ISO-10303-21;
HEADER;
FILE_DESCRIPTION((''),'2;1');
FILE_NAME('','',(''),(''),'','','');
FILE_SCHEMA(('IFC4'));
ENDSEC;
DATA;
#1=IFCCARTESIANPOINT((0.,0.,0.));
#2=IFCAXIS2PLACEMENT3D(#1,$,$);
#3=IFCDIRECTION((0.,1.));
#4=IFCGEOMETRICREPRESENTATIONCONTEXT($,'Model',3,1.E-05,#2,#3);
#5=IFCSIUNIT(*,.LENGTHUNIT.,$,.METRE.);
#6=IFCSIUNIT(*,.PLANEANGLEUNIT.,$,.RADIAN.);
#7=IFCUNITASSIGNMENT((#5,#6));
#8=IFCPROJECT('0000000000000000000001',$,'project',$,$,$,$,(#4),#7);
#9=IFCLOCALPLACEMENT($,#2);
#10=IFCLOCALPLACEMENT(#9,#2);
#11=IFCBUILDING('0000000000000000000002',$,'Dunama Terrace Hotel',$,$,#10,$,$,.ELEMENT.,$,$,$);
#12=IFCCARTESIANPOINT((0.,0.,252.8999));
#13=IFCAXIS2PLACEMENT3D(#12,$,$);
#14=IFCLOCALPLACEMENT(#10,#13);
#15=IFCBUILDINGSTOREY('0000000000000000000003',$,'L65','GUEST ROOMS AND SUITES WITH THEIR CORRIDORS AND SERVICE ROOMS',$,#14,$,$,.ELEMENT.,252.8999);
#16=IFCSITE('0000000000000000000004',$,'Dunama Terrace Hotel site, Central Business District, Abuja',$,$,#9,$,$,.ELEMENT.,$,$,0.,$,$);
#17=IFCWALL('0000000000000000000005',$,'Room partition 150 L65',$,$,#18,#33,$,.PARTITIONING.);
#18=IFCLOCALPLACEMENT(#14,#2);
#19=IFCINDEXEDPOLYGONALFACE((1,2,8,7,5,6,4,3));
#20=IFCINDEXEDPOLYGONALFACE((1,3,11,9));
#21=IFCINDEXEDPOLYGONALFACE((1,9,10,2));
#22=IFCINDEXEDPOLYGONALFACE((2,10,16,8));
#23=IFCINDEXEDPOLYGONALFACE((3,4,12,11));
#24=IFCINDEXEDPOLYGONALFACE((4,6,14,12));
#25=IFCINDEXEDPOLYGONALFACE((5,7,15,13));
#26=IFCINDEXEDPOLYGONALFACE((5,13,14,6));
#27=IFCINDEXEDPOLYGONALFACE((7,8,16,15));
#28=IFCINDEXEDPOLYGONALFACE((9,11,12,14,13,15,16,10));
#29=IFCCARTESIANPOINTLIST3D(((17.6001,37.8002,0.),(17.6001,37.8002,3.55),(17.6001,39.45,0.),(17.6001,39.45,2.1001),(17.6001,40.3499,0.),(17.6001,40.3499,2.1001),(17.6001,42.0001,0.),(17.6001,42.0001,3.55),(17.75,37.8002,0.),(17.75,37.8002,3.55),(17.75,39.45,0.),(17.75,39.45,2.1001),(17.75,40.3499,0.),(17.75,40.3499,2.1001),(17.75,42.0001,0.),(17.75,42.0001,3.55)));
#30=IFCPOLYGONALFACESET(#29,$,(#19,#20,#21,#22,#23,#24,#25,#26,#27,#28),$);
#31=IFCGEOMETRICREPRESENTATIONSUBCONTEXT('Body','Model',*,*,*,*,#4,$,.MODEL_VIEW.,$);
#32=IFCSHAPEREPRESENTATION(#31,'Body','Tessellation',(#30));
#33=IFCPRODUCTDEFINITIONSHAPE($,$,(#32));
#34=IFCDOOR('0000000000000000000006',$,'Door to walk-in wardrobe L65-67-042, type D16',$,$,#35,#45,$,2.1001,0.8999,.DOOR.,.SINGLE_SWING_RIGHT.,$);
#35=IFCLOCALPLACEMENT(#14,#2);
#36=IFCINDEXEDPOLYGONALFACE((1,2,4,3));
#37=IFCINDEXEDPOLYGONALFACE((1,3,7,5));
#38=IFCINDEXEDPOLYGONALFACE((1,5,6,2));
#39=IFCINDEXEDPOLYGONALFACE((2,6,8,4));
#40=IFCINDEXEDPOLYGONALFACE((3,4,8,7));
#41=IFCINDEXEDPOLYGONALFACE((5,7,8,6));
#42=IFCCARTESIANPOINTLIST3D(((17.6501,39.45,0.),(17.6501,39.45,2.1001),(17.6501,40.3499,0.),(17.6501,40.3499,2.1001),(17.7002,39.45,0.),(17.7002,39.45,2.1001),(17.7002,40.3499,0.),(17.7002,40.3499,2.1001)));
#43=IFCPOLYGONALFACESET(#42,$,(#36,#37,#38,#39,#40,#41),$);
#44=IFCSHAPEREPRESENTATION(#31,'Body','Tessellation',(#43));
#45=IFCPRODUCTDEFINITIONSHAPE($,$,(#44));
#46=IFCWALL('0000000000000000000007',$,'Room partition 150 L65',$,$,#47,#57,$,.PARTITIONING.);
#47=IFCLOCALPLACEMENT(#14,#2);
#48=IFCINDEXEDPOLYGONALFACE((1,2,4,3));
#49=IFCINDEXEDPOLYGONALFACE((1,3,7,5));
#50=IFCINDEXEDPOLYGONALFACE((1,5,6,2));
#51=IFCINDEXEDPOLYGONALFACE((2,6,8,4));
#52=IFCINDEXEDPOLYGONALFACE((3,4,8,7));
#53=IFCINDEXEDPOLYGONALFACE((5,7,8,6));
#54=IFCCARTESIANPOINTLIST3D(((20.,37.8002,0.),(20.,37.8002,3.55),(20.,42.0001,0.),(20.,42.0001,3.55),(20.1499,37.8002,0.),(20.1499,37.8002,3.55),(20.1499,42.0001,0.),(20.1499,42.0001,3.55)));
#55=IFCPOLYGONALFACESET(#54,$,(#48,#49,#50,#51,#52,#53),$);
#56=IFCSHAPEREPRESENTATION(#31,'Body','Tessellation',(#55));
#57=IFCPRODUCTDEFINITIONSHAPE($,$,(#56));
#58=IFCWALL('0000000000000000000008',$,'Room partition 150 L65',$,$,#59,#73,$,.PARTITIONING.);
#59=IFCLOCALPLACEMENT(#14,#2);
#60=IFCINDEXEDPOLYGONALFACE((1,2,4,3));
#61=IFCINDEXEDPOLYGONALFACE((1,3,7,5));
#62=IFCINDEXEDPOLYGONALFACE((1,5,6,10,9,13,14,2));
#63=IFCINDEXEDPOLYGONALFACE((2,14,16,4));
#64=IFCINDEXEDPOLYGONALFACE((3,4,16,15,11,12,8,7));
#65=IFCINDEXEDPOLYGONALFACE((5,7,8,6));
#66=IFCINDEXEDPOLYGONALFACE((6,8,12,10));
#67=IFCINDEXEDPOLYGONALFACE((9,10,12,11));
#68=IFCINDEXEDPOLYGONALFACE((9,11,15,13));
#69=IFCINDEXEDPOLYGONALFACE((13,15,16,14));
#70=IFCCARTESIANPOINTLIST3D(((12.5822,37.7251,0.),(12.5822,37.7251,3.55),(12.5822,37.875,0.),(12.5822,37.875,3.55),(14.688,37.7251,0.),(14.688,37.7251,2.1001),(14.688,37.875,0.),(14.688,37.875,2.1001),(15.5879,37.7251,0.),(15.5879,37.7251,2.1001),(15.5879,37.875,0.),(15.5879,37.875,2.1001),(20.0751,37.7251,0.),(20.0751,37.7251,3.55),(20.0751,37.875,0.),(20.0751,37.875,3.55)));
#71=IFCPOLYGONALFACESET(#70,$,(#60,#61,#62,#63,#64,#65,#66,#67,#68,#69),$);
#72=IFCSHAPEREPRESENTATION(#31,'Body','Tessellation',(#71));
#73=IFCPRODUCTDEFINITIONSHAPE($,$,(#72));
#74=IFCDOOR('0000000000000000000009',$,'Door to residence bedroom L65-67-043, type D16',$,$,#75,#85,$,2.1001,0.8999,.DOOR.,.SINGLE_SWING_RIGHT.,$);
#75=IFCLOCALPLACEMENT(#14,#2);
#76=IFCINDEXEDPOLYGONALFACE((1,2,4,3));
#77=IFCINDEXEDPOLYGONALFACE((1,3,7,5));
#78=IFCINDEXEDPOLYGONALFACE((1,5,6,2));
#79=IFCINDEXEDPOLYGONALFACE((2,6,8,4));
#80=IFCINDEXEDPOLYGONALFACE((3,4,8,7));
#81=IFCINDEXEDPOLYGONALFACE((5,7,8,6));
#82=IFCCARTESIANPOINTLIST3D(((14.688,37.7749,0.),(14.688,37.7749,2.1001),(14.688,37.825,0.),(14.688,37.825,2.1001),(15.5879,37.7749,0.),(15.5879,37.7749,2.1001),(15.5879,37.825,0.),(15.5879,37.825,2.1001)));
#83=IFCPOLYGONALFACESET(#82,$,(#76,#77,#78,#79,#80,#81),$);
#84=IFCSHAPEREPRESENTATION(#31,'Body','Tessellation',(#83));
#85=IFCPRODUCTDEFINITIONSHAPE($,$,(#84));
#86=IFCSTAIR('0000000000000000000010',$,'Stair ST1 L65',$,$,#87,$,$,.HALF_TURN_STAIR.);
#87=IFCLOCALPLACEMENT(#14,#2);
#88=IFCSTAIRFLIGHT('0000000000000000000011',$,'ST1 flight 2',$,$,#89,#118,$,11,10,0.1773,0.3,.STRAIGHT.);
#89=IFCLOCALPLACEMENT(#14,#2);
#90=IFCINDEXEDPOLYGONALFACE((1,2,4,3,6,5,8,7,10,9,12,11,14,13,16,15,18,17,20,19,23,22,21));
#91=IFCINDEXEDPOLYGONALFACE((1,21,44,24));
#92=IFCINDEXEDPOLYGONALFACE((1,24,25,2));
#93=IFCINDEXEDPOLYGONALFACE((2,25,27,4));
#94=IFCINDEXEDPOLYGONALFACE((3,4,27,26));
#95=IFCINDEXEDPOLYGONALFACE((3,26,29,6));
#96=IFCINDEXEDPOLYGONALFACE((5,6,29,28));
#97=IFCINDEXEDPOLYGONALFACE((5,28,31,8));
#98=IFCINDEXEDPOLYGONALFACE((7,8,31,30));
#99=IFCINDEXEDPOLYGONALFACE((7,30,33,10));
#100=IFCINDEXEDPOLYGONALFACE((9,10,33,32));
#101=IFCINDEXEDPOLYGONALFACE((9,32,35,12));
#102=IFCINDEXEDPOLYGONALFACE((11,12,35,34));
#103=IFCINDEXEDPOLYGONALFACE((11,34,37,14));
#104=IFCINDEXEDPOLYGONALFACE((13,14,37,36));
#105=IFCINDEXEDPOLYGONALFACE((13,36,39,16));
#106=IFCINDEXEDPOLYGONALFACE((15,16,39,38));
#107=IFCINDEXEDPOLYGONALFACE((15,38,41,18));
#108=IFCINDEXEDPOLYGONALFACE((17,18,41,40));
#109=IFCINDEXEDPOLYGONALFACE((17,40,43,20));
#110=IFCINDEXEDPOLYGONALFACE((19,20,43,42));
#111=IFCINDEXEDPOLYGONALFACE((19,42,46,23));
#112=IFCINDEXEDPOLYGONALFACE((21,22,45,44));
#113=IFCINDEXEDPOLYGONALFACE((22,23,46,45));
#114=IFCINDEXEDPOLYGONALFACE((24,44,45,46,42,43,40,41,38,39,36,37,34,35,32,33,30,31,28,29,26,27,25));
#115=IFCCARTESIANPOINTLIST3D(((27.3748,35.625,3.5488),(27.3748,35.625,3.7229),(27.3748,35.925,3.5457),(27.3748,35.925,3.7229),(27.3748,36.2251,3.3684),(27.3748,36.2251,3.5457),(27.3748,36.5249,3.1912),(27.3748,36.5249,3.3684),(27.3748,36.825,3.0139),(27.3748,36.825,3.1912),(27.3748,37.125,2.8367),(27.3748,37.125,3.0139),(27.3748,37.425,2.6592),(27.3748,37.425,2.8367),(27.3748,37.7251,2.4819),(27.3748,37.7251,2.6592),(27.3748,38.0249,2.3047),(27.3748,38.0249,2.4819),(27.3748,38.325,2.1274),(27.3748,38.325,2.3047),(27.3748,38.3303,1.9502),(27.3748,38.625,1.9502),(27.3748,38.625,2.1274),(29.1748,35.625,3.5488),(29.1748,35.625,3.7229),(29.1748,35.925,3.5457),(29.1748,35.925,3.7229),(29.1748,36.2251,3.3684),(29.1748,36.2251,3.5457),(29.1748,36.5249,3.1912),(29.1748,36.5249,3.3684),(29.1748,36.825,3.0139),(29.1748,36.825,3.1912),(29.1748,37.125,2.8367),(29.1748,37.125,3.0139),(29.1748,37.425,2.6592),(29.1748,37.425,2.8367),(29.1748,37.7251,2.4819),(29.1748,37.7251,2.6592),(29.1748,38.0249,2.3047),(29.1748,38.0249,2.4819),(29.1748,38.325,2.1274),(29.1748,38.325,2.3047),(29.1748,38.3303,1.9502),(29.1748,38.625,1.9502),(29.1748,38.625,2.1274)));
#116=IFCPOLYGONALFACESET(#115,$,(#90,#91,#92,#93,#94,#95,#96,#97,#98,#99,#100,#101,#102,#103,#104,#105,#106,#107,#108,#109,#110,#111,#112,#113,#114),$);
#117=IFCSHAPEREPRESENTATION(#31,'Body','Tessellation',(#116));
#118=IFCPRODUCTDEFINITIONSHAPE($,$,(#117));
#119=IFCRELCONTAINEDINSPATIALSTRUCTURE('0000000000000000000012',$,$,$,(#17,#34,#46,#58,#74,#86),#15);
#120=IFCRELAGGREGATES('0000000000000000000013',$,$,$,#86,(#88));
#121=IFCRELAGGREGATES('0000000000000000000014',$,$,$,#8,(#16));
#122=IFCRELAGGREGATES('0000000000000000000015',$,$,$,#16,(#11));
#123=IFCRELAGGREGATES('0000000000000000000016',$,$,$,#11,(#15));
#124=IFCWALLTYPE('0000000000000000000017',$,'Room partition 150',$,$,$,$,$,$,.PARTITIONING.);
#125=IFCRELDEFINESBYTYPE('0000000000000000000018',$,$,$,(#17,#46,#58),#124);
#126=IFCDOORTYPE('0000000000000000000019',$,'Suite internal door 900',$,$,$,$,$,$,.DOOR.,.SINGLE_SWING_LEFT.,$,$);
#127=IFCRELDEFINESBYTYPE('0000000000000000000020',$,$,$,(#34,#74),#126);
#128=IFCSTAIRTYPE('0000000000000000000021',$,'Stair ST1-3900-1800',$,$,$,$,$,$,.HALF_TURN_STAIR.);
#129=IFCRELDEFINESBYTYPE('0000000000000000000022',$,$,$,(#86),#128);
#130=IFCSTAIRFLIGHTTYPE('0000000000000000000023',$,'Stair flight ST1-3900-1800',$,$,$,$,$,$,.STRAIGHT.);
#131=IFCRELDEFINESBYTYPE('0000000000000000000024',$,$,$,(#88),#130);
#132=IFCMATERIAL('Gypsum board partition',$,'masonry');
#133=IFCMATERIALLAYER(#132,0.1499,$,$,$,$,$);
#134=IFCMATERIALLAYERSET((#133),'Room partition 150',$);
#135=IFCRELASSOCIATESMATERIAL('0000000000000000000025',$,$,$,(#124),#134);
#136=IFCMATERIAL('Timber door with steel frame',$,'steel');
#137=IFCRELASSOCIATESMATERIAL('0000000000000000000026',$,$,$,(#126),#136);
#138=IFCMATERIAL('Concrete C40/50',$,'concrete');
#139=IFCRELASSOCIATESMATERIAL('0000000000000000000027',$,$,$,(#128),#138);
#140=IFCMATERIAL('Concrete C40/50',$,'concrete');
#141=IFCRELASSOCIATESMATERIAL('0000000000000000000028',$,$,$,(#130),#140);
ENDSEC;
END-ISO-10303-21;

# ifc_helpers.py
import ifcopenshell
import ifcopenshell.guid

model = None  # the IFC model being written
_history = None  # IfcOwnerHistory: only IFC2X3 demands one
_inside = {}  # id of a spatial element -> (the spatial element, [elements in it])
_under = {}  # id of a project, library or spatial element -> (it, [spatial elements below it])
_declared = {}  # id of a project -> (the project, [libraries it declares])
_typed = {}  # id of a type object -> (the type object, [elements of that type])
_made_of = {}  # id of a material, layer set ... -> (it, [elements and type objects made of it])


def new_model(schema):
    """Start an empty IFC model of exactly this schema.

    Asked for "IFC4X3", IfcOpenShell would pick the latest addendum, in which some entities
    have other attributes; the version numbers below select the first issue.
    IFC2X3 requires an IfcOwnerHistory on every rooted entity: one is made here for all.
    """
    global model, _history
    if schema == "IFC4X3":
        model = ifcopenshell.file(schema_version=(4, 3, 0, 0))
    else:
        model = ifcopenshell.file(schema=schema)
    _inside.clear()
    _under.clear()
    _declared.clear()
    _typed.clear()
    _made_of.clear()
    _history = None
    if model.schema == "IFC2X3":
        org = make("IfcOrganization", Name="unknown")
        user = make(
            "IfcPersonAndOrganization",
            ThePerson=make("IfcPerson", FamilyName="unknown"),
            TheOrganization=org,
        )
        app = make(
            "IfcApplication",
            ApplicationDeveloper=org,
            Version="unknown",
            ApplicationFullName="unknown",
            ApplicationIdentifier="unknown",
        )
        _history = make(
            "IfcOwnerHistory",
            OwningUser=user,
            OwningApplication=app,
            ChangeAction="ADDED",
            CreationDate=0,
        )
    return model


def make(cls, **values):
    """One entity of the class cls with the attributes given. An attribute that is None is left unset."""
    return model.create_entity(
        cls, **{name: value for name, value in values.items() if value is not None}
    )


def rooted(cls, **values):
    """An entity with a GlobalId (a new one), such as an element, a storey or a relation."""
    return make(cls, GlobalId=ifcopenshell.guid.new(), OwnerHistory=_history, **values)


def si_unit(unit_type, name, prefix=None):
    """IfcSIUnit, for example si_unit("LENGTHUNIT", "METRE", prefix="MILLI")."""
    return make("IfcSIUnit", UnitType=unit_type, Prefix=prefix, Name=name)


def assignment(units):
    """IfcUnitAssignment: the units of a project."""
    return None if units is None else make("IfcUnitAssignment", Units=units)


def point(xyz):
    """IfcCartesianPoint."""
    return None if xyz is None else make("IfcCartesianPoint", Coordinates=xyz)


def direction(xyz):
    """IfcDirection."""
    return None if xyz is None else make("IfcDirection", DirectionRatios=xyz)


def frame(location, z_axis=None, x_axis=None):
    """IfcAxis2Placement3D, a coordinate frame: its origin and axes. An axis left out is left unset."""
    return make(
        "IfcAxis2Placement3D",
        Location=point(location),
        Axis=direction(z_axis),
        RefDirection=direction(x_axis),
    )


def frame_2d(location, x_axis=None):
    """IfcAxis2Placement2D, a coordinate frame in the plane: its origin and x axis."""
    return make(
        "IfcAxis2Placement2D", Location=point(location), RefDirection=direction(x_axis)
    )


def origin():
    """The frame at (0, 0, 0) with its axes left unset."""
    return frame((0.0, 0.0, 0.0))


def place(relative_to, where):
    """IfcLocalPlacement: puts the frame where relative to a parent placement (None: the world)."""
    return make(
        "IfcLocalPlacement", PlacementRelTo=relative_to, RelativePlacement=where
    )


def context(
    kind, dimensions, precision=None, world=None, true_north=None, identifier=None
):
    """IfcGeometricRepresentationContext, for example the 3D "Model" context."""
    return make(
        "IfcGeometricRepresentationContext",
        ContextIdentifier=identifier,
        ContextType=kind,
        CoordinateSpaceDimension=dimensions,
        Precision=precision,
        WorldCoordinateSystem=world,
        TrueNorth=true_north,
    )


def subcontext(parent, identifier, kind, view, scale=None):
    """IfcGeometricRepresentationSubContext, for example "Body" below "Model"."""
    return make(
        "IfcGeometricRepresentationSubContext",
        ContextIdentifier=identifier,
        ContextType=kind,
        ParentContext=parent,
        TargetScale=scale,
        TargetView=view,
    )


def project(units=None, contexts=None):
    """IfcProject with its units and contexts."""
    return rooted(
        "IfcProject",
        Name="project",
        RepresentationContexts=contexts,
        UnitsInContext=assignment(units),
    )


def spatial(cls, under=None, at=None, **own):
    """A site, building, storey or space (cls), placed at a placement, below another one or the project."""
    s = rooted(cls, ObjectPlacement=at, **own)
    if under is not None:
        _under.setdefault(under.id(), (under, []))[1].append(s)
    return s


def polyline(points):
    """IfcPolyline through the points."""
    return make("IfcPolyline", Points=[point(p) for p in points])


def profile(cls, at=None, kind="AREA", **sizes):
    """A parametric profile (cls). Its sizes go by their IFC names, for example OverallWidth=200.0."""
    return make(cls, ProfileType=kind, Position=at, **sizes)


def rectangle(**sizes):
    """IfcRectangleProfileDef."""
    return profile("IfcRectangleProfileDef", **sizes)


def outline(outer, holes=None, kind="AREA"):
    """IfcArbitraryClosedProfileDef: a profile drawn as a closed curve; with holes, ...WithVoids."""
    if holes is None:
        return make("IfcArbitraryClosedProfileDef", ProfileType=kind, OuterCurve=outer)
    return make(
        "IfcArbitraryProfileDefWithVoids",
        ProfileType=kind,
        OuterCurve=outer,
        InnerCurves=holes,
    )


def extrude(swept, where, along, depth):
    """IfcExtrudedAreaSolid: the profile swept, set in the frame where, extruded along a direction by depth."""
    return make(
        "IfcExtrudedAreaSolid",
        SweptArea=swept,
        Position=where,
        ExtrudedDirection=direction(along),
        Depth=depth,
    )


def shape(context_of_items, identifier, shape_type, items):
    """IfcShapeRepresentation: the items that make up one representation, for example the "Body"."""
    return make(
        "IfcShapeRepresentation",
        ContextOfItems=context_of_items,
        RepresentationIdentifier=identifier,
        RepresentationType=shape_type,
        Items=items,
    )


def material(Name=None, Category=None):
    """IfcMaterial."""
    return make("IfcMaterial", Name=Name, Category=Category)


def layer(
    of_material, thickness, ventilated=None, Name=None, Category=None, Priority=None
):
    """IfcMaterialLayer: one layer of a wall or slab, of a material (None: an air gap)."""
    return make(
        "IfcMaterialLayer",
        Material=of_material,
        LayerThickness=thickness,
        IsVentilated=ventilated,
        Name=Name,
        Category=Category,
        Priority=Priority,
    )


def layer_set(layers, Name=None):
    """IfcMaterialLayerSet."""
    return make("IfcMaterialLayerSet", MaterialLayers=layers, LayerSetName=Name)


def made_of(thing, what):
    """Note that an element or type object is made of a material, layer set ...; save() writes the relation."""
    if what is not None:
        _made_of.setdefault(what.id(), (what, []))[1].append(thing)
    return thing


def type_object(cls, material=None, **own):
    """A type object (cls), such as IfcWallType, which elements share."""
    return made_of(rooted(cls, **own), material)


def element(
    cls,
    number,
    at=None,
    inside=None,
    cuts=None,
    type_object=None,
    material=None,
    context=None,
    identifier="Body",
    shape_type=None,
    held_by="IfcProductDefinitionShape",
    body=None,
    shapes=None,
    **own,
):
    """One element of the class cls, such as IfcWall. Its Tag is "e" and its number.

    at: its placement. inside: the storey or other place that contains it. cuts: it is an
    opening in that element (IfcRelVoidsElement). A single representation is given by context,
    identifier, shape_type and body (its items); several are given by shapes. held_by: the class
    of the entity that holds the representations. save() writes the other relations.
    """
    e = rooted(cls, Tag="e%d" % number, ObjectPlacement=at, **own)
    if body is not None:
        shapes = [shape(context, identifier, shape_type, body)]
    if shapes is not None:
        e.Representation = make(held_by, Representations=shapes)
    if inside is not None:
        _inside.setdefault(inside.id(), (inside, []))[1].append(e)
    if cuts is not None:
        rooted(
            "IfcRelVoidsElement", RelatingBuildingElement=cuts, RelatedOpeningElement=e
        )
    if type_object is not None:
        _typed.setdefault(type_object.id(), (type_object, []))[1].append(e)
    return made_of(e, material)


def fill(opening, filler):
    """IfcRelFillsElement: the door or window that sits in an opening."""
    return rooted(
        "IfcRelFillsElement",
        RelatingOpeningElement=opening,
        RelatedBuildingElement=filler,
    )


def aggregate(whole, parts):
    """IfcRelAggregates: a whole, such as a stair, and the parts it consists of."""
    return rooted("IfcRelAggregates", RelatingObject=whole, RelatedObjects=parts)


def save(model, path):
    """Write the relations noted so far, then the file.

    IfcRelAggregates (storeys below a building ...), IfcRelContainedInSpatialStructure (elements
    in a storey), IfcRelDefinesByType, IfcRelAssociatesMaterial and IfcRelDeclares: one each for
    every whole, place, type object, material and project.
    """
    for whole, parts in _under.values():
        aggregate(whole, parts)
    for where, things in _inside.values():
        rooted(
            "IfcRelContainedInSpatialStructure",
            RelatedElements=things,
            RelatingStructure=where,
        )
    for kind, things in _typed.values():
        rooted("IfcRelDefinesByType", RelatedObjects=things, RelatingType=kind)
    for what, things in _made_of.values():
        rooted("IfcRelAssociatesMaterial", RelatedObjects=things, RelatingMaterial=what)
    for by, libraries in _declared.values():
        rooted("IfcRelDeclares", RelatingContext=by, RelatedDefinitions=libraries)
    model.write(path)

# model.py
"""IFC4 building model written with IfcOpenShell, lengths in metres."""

from ifc_helpers import new_model, si_unit, direction, frame, frame_2d, origin, place, context, subcontext, project, spatial, polyline, rectangle, outline, extrude, material, layer, layer_set, type_object, element, fill, aggregate, save


model = new_model("IFC4")

# Units and contexts
model_context = context("Model", 3, precision=1e-05, world=origin(), true_north=direction((0.0, 1.0)))
body_context = subcontext(model_context, "Body", "Model", "MODEL_VIEW")
ifc_project = project(units=[si_unit("LENGTHUNIT", "METRE"), si_unit("PLANEANGLEUNIT", "RADIAN")], contexts=[model_context])

# Site, building, storey
site_placement = place(None, origin())
site = spatial("IfcSite", under=ifc_project, at=site_placement, Name="Dunama Terrace Hotel site, Central Business District, Abuja", CompositionType="ELEMENT", RefElevation=0.0)
building_placement = place(site_placement, origin())
building = spatial("IfcBuilding", under=site, at=building_placement, Name="Dunama Terrace Hotel", CompositionType="ELEMENT")
storey_placement = place(building_placement, frame((0.0, 0.0, 252.8999)))
storey = spatial("IfcBuildingStorey", under=building, at=storey_placement, Name="L65", Description="GUEST ROOMS AND SUITES WITH THEIR CORRIDORS AND SERVICE ROOMS", CompositionType="ELEMENT", Elevation=252.8999)

# Wall, opening, door
ifc_material_1 = material(Name="Gypsum board partition", Category="masonry")
ifc_layer_1 = layer(ifc_material_1, 0.1499)
ifc_layer_set_1 = layer_set([ifc_layer_1], Name="Room partition 150")
wall_type_1 = type_object("IfcWallType", Name="Room partition 150", PredefinedType="PARTITIONING", material=ifc_layer_set_1)
wall_1_placement = place(storey_placement, frame((17.675, 37.8, 0.0), z_axis=(0.0, 0.0, 1.0), x_axis=(0.0, 1.0, 0.0)))
wall_1 = element("IfcWall", 1, at=wall_1_placement, inside=storey, type_object=wall_type_1, Name="Room partition 150 L65", PredefinedType="PARTITIONING", context=body_context, shape_type="SweptSolid", body=[
    extrude(rectangle(XDim=4.2, YDim=0.1499, at=frame_2d((2.1001, 0.0))), origin(), (0.0, 0.0, 1.0), 3.55),
])
opening_1_placement = place(wall_1_placement, frame((1.6499, 0.0, 0.0)))
opening_1 = element("IfcOpeningElement", 2, at=opening_1_placement, cuts=wall_1, PredefinedType="OPENING", context=body_context, shape_type="SweptSolid", body=[
    extrude(rectangle(XDim=0.8999, YDim=2.1001, at=frame_2d((0.45, 1.05))), frame((0.0, 0.085, 0.0), z_axis=(0.0, -1.0, 0.0), x_axis=(1.0, 0.0, 0.0)), (0.0, 0.0, 1.0), 0.1699),
])
ifc_material_2 = material(Name="Timber door with steel frame", Category="steel")
door_type_1 = type_object("IfcDoorType", Name="Suite internal door 900", OperationType="SINGLE_SWING_LEFT", PredefinedType="DOOR", material=ifc_material_2)
door_1_placement = place(opening_1_placement, frame((0.8999, 0.0, 0.0), z_axis=(0.0, 0.0, 1.0), x_axis=(-1.0, 0.0, 0.0)))
door_1 = element("IfcDoor", 3, at=door_1_placement, inside=storey, type_object=door_type_1, Name="Door to walk-in wardrobe L65-67-042, type D16", OperationType="SINGLE_SWING_RIGHT", OverallHeight=2.1001, OverallWidth=0.8999, PredefinedType="DOOR", context=body_context, shape_type="SweptSolid", body=[
    extrude(rectangle(XDim=0.8999, YDim=2.1001, at=frame_2d((0.45, 1.05))), frame((0.0, 0.0251, 0.0), z_axis=(0.0, -1.0, 0.0), x_axis=(1.0, 0.0, 0.0)), (0.0, 0.0, 1.0), 0.05),
])
fill(opening_1, door_1)

# Wall
wall_2_placement = place(storey_placement, frame((20.075, 37.8, 0.0), z_axis=(0.0, 0.0, 1.0), x_axis=(0.0, 1.0, 0.0)))
element("IfcWall", 4, at=wall_2_placement, inside=storey, type_object=wall_type_1, Name="Room partition 150 L65", PredefinedType="PARTITIONING", context=body_context, shape_type="SweptSolid", body=[
    extrude(rectangle(XDim=4.2, YDim=0.1499, at=frame_2d((2.1001, 0.0))), origin(), (0.0, 0.0, 1.0), 3.55),
])

# Wall, opening, door
wall_3_placement = place(storey_placement, frame((12.582, 37.8, 0.0), z_axis=(0.0, 0.0, 1.0), x_axis=(1.0, 0.0, 0.0)))
wall_3 = element("IfcWall", 5, at=wall_3_placement, inside=storey, type_object=wall_type_1, Name="Room partition 150 L65", PredefinedType="PARTITIONING", context=body_context, shape_type="SweptSolid", body=[
    extrude(rectangle(XDim=7.4929, YDim=0.1499, at=frame_2d((3.7466, 0.0))), origin(), (0.0, 0.0, 1.0), 3.55),
])
opening_2_placement = place(wall_3_placement, frame((2.106, 0.0, 0.0)))
opening_2 = element("IfcOpeningElement", 6, at=opening_2_placement, cuts=wall_3, PredefinedType="OPENING", context=body_context, shape_type="SweptSolid", body=[
    extrude(rectangle(XDim=0.8999, YDim=2.1001, at=frame_2d((0.45, 1.05))), frame((0.0, 0.085, 0.0), z_axis=(0.0, -1.0, 0.0), x_axis=(1.0, 0.0, 0.0)), (0.0, 0.0, 1.0), 0.1699),
])
door_2_placement = place(opening_2_placement, origin())
door_2 = element("IfcDoor", 7, at=door_2_placement, inside=storey, type_object=door_type_1, Name="Door to residence bedroom L65-67-043, type D16", OperationType="SINGLE_SWING_RIGHT", OverallHeight=2.1001, OverallWidth=0.8999, PredefinedType="DOOR", context=body_context, shape_type="SweptSolid", body=[
    extrude(rectangle(XDim=0.8999, YDim=2.1001, at=frame_2d((0.45, 1.05))), frame((0.0, 0.0249, 0.0), z_axis=(0.0, -1.0, 0.0), x_axis=(1.0, 0.0, 0.0)), (0.0, 0.0, 1.0), 0.05),
])
fill(opening_2, door_2)

# Stair, stair flight
ifc_material_3 = material(Name="Concrete C40/50", Category="concrete")
stair_type = type_object("IfcStairType", Name="Stair ST1-3900-1800", PredefinedType="HALF_TURN_STAIR", material=ifc_material_3)
stair_placement = place(storey_placement, origin())
stair = element("IfcStair", 8, at=stair_placement, inside=storey, type_object=stair_type, Name="Stair ST1 L65", PredefinedType="HALF_TURN_STAIR")
ifc_material_4 = material(Name="Concrete C40/50", Category="concrete")
stair_flight_type = type_object("IfcStairFlightType", Name="Stair flight ST1-3900-1800", PredefinedType="STRAIGHT", material=ifc_material_4)
stair_flight_placement = place(storey_placement, frame((28.2749, 38.625, 1.9502), z_axis=(0.0, 0.0, 1.0), x_axis=(0.0, -1.0, 0.0)))
stair_flight = element("IfcStairFlight", 9, at=stair_flight_placement, type_object=stair_flight_type, Name="ST1 flight 2", NumberOfRisers=11, NumberOfTreads=10, PredefinedType="STRAIGHT", RiserHeight=0.1773, TreadLength=0.3, context=body_context, shape_type="SweptSolid", body=[
    extrude(outline(polyline([(0.0, 0.0), (0.0, 0.1772), (0.3, 0.1772), (0.3, 0.3545), (0.6001, 0.3545), (0.6001, 0.5317), (0.8999, 0.5317), (0.8999, 0.709), (1.2, 0.709), (1.2, 0.8865), (1.5, 0.8865), (1.5, 1.0637), (1.8, 1.0637), (1.8, 1.241), (2.1001, 1.241), (2.1001, 1.4182), (2.3999, 1.4182), (2.3999, 1.5955), (2.7, 1.5955), (2.7, 1.7727), (3.0, 1.7727), (3.0, 1.95), (3.0, 1.5986), (0.2947, 0.0), (0.0, 0.0)])), frame((0.0, 0.8999, 0.0), z_axis=(0.0, -1.0, 0.0), x_axis=(1.0, 0.0, 0.0)), (0.0, 0.0, 1.0), 1.8),
])
aggregate(stair, [stair_flight])

save(model, "model.ifc")
